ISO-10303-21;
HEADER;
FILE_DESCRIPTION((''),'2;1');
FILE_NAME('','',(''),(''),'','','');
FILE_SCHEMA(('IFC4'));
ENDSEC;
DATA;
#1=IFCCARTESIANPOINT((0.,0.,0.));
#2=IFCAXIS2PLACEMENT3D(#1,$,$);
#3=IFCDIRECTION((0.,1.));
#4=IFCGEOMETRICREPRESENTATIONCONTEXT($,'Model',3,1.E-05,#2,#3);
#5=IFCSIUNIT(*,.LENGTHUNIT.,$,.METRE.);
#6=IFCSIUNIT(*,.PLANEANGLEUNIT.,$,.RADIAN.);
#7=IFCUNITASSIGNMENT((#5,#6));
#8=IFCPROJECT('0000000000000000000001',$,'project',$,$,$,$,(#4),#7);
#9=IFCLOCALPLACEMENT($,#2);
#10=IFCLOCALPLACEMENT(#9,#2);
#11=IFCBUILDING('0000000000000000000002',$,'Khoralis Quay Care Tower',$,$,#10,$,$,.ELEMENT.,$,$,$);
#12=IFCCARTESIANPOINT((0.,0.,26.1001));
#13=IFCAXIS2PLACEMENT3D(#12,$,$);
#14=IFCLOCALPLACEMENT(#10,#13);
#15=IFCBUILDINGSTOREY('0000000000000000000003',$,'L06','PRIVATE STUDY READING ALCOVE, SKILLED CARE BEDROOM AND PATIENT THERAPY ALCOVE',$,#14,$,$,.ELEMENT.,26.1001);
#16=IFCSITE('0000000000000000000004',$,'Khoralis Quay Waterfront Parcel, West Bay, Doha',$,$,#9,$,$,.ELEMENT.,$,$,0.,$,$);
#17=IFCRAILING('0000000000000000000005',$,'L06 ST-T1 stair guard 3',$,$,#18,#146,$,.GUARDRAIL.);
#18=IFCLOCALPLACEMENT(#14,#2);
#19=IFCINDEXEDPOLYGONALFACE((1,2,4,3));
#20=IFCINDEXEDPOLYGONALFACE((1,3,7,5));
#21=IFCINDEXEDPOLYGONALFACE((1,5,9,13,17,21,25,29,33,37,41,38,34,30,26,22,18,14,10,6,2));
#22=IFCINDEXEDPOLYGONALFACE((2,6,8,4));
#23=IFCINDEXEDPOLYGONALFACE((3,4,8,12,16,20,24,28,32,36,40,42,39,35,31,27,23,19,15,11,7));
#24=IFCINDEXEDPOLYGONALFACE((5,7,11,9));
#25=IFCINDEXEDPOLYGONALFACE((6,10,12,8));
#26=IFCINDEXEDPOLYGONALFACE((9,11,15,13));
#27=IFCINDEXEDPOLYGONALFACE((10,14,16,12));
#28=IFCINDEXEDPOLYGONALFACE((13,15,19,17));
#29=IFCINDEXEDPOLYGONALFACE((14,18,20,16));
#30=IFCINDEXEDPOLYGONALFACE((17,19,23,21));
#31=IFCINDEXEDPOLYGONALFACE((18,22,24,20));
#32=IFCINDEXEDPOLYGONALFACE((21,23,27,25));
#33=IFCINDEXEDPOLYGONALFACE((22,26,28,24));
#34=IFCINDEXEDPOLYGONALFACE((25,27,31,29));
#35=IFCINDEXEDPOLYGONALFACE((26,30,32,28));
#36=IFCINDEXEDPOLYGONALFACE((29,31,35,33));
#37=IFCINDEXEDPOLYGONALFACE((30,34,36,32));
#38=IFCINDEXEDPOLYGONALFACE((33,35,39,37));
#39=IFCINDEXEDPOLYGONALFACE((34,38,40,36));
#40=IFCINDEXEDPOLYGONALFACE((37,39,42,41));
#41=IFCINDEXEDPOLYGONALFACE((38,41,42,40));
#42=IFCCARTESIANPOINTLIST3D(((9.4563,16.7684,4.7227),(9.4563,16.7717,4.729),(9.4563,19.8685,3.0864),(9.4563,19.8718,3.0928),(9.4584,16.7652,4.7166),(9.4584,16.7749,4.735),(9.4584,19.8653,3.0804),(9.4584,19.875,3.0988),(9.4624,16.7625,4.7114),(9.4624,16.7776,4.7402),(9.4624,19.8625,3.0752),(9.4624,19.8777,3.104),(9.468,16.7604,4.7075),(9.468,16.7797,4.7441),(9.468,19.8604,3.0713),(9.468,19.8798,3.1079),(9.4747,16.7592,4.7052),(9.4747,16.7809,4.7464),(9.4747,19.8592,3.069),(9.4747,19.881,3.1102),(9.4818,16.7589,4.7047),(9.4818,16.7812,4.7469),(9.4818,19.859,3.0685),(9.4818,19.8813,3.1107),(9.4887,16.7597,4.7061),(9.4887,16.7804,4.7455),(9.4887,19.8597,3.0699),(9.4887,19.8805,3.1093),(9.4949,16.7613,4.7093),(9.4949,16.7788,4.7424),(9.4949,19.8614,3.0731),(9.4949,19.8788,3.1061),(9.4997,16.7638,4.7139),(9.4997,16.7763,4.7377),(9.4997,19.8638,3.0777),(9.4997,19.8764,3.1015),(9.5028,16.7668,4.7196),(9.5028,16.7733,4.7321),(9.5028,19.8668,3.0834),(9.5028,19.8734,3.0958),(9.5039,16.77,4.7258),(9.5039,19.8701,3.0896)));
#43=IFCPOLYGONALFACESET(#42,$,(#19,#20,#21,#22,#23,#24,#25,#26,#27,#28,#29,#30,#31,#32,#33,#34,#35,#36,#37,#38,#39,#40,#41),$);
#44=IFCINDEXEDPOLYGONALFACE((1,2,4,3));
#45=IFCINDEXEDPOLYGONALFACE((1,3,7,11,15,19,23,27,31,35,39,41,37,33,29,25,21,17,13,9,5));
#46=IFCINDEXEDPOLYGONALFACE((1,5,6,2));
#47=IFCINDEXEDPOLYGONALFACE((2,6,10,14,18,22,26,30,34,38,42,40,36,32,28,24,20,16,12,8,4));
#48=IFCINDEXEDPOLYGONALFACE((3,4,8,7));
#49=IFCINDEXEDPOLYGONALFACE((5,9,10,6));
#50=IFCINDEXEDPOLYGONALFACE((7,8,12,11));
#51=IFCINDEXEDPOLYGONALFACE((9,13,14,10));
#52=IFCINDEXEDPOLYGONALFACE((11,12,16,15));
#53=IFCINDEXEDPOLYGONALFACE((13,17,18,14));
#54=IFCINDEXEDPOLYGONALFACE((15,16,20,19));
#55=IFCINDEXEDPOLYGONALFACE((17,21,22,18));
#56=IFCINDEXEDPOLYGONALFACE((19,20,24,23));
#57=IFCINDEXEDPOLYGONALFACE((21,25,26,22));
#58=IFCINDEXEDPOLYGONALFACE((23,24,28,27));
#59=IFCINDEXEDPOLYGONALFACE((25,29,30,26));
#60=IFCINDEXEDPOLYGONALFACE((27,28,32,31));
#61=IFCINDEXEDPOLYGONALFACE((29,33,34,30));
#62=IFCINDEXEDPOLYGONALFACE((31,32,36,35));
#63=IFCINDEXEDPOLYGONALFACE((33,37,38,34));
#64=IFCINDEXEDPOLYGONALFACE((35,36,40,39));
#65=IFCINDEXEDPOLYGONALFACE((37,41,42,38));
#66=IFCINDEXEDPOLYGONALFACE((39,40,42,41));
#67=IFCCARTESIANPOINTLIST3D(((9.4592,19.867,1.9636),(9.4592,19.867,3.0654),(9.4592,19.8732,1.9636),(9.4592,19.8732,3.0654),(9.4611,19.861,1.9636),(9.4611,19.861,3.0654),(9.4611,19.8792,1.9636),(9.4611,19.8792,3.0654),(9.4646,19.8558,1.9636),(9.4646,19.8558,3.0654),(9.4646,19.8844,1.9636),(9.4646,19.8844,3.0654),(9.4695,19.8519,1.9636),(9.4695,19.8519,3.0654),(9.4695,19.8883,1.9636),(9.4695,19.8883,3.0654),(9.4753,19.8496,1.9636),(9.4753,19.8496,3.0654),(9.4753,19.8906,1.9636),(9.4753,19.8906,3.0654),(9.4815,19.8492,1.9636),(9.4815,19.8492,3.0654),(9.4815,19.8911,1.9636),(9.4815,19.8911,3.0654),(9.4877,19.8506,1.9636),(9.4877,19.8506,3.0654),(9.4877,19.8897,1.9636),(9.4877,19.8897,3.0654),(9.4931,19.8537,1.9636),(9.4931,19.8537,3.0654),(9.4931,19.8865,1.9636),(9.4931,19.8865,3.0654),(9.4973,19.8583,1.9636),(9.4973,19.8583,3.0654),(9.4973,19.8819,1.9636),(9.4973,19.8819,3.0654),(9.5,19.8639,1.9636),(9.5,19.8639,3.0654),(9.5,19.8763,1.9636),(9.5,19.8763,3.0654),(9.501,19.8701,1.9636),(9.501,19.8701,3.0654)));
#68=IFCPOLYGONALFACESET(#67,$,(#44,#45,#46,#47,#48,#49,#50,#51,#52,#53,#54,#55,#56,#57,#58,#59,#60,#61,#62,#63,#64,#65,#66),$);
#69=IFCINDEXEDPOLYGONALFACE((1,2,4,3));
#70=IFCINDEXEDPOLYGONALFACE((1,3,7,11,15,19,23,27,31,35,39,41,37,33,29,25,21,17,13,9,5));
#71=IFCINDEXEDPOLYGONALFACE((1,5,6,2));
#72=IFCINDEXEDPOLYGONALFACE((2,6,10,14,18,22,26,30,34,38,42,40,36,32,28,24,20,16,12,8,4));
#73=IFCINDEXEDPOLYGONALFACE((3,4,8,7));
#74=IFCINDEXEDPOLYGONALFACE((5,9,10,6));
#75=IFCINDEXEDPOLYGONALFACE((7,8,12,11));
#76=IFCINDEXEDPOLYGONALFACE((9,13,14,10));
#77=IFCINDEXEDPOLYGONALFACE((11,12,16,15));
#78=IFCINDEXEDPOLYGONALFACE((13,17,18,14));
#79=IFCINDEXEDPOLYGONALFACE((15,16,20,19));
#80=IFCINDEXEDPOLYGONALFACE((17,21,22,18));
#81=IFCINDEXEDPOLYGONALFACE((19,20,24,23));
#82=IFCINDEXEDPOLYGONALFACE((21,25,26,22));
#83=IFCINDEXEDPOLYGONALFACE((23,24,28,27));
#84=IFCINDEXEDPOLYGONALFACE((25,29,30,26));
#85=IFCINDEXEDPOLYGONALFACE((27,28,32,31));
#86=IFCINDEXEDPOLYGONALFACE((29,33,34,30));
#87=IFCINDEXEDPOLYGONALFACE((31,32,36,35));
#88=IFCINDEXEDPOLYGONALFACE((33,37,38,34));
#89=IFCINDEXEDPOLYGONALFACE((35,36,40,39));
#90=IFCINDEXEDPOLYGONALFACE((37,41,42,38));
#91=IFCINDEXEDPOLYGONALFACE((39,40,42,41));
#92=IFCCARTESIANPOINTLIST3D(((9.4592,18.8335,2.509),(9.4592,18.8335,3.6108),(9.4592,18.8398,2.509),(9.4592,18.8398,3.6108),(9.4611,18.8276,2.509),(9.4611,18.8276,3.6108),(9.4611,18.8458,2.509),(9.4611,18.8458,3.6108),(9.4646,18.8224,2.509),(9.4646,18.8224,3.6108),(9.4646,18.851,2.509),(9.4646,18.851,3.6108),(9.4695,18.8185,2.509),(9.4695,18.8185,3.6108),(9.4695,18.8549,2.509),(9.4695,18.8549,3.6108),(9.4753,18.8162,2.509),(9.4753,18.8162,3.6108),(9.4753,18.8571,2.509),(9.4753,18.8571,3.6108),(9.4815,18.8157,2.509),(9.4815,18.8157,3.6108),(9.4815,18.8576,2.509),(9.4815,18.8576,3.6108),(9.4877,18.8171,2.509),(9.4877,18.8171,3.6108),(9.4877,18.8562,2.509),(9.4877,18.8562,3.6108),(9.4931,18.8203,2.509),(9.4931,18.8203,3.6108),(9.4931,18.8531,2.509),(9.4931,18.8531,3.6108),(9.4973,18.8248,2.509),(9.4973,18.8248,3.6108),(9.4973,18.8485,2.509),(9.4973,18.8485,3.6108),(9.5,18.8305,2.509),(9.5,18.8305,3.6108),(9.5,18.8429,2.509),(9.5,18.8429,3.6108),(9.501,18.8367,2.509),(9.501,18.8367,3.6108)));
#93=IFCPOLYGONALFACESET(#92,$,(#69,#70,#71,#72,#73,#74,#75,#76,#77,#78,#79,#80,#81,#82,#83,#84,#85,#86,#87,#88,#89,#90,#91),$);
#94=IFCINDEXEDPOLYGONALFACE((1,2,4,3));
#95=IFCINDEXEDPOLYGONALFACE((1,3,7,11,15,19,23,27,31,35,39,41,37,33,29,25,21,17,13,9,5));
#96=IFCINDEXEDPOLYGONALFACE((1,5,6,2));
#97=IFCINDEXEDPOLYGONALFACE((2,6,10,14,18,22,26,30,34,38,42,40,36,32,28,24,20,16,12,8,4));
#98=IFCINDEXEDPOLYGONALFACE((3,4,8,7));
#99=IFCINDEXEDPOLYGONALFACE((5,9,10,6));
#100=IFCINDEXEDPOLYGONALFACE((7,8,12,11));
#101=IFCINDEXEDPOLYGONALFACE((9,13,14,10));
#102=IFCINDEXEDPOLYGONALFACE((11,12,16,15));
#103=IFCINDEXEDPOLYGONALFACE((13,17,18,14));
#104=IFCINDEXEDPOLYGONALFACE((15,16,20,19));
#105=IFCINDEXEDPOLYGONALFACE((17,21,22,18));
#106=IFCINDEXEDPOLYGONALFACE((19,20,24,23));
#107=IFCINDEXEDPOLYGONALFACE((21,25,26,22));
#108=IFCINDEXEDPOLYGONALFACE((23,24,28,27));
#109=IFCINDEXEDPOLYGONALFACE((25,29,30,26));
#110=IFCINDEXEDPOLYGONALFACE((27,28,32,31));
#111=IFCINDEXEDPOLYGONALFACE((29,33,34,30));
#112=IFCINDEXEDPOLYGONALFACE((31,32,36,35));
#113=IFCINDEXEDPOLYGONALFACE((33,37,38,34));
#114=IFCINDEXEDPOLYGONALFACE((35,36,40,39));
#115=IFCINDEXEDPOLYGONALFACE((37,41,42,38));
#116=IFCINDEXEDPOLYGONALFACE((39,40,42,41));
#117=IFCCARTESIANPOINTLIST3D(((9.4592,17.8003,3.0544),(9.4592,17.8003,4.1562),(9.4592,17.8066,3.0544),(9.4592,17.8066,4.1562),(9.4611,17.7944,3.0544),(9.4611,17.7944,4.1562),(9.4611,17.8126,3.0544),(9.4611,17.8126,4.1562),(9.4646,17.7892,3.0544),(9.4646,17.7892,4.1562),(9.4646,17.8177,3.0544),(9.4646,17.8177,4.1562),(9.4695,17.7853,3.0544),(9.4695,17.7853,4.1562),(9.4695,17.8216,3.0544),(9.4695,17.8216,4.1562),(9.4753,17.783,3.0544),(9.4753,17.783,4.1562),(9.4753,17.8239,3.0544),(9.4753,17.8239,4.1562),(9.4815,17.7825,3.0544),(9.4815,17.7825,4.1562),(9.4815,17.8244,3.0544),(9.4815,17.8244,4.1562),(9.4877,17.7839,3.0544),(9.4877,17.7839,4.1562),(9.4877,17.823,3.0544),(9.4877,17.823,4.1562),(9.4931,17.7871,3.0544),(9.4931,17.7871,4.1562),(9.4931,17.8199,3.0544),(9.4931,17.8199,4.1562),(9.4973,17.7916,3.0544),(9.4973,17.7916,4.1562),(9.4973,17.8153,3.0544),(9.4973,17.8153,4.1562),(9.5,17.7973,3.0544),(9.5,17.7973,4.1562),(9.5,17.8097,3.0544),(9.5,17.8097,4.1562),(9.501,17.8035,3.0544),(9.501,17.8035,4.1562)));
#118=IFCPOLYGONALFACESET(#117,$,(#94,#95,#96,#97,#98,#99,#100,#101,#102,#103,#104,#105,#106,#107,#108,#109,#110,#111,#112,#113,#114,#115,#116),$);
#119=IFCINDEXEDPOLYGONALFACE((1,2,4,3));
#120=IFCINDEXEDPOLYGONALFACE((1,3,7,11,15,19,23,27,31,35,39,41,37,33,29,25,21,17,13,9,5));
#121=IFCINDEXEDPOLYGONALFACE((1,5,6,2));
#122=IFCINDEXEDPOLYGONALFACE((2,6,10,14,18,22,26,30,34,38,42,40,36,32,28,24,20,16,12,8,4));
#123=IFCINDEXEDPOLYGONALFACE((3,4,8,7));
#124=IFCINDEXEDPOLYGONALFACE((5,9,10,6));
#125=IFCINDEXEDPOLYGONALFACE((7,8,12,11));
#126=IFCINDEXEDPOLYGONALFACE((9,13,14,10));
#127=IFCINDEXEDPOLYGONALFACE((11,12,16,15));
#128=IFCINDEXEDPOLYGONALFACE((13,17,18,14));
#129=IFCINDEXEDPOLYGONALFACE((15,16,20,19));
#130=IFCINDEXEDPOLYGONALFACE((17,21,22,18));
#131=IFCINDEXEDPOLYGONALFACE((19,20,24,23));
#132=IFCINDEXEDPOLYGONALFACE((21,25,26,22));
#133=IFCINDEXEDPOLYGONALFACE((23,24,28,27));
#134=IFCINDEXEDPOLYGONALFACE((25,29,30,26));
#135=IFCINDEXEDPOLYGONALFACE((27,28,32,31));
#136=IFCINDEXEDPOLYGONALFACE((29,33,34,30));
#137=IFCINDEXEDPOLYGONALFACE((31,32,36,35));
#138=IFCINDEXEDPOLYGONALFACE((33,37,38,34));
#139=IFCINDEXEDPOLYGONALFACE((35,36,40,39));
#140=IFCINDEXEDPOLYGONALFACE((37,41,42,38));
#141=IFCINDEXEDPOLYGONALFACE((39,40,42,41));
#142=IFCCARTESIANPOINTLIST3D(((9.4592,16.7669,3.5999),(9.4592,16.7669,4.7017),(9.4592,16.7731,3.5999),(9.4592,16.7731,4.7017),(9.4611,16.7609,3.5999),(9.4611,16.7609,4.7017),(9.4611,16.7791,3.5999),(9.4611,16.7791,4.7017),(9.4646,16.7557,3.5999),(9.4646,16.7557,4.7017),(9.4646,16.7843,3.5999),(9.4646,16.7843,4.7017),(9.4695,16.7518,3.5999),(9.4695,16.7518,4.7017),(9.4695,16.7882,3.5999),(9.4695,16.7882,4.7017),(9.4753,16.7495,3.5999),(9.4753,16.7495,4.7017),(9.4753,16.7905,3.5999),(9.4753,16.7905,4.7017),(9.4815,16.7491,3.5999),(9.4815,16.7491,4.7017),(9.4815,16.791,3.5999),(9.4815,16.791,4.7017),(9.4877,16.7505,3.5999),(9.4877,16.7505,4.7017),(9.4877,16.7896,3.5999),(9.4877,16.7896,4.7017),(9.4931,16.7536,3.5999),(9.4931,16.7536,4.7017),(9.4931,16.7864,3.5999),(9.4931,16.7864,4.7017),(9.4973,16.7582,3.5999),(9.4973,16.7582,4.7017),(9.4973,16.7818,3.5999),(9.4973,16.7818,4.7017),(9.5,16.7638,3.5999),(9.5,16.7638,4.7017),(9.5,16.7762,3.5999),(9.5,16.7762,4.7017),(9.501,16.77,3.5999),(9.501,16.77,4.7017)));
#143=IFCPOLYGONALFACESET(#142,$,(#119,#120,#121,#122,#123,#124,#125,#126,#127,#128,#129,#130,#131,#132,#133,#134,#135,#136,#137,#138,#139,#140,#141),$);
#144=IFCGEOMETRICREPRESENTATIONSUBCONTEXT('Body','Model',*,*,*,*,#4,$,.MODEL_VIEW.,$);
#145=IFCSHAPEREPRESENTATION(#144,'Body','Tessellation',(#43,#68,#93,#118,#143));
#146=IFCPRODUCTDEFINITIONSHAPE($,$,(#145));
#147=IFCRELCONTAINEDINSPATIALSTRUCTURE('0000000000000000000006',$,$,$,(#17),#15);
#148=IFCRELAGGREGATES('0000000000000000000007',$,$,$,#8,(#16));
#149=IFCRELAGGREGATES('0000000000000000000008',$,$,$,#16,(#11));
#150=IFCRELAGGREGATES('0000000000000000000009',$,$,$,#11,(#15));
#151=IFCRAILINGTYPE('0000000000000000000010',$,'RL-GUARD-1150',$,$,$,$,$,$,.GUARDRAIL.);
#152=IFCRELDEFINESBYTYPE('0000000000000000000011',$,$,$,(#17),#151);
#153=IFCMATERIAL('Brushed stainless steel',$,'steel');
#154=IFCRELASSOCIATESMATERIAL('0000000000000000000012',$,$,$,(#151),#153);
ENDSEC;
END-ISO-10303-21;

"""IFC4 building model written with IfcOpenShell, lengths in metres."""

from ifc_helpers import new_model, si_unit, direction, frame, origin, origin_2d, place, context, subcontext, project, spatial, circle, extrude, material, type_object, element, save


model = new_model("IFC4")

# Units and contexts
model_context = context("Model", 3, precision=1e-05, world=origin(), true_north=direction((0.0, 1.0)))
body_context = subcontext(model_context, "Body", "Model", "MODEL_VIEW")
ifc_project = project(units=[si_unit("LENGTHUNIT", "METRE"), si_unit("PLANEANGLEUNIT", "RADIAN")], contexts=[model_context])

# Site, building, storey
site_placement = place(None, origin())
site = spatial("IfcSite", under=ifc_project, at=site_placement, Name="Khoralis Quay Waterfront Parcel, West Bay, Doha", CompositionType="ELEMENT", RefElevation=0.0)
building_placement = place(site_placement, origin())
building = spatial("IfcBuilding", under=site, at=building_placement, Name="Khoralis Quay Care Tower", CompositionType="ELEMENT")
storey_placement = place(building_placement, frame((0.0, 0.0, 26.1001)))
storey = spatial("IfcBuildingStorey", under=building, at=storey_placement, Name="L06", Description="PRIVATE STUDY READING ALCOVE, SKILLED CARE BEDROOM AND PATIENT THERAPY ALCOVE", CompositionType="ELEMENT", Elevation=26.1001)

# Shared definitions
ifc_material_1 = material(Name="Brushed stainless steel", Category="steel")

# Railing
railing_type = type_object("IfcRailingType", Name="RL-GUARD-1150", PredefinedType="GUARDRAIL", material=ifc_material_1)
railing_1_placement = place(storey_placement, frame((9.48, 19.8701, 1.9636)))
element("IfcRailing", 1, at=railing_1_placement, inside=storey, type_object=railing_type, Name="L06 ST-T1 stair guard 3", PredefinedType="GUARDRAIL", context=body_context, shape_type="SweptSolid", body=[
    extrude(circle(Radius=0.0239, at=origin_2d()), frame((0.0, 0.0, 1.126), z_axis=(0.0, -0.884377, 0.466774), x_axis=(1.0, 0.0, 0.0)), (0.0, 0.0, 1.0), 3.5054),
    extrude(circle(Radius=0.021, at=origin_2d()), origin(), (0.0, 0.0, 1.0), 1.1018),
    extrude(circle(Radius=0.021, at=origin_2d()), frame((0.0, -1.0334, 0.5454)), (0.0, 0.0, 1.0), 1.1018),
    extrude(circle(Radius=0.021, at=origin_2d()), frame((0.0, -2.0667, 1.0908)), (0.0, 0.0, 1.0), 1.1018),
    extrude(circle(Radius=0.021, at=origin_2d()), frame((0.0, -3.1001, 1.6362)), (0.0, 0.0, 1.0), 1.1018),
])

save(model, "model.ifc")
